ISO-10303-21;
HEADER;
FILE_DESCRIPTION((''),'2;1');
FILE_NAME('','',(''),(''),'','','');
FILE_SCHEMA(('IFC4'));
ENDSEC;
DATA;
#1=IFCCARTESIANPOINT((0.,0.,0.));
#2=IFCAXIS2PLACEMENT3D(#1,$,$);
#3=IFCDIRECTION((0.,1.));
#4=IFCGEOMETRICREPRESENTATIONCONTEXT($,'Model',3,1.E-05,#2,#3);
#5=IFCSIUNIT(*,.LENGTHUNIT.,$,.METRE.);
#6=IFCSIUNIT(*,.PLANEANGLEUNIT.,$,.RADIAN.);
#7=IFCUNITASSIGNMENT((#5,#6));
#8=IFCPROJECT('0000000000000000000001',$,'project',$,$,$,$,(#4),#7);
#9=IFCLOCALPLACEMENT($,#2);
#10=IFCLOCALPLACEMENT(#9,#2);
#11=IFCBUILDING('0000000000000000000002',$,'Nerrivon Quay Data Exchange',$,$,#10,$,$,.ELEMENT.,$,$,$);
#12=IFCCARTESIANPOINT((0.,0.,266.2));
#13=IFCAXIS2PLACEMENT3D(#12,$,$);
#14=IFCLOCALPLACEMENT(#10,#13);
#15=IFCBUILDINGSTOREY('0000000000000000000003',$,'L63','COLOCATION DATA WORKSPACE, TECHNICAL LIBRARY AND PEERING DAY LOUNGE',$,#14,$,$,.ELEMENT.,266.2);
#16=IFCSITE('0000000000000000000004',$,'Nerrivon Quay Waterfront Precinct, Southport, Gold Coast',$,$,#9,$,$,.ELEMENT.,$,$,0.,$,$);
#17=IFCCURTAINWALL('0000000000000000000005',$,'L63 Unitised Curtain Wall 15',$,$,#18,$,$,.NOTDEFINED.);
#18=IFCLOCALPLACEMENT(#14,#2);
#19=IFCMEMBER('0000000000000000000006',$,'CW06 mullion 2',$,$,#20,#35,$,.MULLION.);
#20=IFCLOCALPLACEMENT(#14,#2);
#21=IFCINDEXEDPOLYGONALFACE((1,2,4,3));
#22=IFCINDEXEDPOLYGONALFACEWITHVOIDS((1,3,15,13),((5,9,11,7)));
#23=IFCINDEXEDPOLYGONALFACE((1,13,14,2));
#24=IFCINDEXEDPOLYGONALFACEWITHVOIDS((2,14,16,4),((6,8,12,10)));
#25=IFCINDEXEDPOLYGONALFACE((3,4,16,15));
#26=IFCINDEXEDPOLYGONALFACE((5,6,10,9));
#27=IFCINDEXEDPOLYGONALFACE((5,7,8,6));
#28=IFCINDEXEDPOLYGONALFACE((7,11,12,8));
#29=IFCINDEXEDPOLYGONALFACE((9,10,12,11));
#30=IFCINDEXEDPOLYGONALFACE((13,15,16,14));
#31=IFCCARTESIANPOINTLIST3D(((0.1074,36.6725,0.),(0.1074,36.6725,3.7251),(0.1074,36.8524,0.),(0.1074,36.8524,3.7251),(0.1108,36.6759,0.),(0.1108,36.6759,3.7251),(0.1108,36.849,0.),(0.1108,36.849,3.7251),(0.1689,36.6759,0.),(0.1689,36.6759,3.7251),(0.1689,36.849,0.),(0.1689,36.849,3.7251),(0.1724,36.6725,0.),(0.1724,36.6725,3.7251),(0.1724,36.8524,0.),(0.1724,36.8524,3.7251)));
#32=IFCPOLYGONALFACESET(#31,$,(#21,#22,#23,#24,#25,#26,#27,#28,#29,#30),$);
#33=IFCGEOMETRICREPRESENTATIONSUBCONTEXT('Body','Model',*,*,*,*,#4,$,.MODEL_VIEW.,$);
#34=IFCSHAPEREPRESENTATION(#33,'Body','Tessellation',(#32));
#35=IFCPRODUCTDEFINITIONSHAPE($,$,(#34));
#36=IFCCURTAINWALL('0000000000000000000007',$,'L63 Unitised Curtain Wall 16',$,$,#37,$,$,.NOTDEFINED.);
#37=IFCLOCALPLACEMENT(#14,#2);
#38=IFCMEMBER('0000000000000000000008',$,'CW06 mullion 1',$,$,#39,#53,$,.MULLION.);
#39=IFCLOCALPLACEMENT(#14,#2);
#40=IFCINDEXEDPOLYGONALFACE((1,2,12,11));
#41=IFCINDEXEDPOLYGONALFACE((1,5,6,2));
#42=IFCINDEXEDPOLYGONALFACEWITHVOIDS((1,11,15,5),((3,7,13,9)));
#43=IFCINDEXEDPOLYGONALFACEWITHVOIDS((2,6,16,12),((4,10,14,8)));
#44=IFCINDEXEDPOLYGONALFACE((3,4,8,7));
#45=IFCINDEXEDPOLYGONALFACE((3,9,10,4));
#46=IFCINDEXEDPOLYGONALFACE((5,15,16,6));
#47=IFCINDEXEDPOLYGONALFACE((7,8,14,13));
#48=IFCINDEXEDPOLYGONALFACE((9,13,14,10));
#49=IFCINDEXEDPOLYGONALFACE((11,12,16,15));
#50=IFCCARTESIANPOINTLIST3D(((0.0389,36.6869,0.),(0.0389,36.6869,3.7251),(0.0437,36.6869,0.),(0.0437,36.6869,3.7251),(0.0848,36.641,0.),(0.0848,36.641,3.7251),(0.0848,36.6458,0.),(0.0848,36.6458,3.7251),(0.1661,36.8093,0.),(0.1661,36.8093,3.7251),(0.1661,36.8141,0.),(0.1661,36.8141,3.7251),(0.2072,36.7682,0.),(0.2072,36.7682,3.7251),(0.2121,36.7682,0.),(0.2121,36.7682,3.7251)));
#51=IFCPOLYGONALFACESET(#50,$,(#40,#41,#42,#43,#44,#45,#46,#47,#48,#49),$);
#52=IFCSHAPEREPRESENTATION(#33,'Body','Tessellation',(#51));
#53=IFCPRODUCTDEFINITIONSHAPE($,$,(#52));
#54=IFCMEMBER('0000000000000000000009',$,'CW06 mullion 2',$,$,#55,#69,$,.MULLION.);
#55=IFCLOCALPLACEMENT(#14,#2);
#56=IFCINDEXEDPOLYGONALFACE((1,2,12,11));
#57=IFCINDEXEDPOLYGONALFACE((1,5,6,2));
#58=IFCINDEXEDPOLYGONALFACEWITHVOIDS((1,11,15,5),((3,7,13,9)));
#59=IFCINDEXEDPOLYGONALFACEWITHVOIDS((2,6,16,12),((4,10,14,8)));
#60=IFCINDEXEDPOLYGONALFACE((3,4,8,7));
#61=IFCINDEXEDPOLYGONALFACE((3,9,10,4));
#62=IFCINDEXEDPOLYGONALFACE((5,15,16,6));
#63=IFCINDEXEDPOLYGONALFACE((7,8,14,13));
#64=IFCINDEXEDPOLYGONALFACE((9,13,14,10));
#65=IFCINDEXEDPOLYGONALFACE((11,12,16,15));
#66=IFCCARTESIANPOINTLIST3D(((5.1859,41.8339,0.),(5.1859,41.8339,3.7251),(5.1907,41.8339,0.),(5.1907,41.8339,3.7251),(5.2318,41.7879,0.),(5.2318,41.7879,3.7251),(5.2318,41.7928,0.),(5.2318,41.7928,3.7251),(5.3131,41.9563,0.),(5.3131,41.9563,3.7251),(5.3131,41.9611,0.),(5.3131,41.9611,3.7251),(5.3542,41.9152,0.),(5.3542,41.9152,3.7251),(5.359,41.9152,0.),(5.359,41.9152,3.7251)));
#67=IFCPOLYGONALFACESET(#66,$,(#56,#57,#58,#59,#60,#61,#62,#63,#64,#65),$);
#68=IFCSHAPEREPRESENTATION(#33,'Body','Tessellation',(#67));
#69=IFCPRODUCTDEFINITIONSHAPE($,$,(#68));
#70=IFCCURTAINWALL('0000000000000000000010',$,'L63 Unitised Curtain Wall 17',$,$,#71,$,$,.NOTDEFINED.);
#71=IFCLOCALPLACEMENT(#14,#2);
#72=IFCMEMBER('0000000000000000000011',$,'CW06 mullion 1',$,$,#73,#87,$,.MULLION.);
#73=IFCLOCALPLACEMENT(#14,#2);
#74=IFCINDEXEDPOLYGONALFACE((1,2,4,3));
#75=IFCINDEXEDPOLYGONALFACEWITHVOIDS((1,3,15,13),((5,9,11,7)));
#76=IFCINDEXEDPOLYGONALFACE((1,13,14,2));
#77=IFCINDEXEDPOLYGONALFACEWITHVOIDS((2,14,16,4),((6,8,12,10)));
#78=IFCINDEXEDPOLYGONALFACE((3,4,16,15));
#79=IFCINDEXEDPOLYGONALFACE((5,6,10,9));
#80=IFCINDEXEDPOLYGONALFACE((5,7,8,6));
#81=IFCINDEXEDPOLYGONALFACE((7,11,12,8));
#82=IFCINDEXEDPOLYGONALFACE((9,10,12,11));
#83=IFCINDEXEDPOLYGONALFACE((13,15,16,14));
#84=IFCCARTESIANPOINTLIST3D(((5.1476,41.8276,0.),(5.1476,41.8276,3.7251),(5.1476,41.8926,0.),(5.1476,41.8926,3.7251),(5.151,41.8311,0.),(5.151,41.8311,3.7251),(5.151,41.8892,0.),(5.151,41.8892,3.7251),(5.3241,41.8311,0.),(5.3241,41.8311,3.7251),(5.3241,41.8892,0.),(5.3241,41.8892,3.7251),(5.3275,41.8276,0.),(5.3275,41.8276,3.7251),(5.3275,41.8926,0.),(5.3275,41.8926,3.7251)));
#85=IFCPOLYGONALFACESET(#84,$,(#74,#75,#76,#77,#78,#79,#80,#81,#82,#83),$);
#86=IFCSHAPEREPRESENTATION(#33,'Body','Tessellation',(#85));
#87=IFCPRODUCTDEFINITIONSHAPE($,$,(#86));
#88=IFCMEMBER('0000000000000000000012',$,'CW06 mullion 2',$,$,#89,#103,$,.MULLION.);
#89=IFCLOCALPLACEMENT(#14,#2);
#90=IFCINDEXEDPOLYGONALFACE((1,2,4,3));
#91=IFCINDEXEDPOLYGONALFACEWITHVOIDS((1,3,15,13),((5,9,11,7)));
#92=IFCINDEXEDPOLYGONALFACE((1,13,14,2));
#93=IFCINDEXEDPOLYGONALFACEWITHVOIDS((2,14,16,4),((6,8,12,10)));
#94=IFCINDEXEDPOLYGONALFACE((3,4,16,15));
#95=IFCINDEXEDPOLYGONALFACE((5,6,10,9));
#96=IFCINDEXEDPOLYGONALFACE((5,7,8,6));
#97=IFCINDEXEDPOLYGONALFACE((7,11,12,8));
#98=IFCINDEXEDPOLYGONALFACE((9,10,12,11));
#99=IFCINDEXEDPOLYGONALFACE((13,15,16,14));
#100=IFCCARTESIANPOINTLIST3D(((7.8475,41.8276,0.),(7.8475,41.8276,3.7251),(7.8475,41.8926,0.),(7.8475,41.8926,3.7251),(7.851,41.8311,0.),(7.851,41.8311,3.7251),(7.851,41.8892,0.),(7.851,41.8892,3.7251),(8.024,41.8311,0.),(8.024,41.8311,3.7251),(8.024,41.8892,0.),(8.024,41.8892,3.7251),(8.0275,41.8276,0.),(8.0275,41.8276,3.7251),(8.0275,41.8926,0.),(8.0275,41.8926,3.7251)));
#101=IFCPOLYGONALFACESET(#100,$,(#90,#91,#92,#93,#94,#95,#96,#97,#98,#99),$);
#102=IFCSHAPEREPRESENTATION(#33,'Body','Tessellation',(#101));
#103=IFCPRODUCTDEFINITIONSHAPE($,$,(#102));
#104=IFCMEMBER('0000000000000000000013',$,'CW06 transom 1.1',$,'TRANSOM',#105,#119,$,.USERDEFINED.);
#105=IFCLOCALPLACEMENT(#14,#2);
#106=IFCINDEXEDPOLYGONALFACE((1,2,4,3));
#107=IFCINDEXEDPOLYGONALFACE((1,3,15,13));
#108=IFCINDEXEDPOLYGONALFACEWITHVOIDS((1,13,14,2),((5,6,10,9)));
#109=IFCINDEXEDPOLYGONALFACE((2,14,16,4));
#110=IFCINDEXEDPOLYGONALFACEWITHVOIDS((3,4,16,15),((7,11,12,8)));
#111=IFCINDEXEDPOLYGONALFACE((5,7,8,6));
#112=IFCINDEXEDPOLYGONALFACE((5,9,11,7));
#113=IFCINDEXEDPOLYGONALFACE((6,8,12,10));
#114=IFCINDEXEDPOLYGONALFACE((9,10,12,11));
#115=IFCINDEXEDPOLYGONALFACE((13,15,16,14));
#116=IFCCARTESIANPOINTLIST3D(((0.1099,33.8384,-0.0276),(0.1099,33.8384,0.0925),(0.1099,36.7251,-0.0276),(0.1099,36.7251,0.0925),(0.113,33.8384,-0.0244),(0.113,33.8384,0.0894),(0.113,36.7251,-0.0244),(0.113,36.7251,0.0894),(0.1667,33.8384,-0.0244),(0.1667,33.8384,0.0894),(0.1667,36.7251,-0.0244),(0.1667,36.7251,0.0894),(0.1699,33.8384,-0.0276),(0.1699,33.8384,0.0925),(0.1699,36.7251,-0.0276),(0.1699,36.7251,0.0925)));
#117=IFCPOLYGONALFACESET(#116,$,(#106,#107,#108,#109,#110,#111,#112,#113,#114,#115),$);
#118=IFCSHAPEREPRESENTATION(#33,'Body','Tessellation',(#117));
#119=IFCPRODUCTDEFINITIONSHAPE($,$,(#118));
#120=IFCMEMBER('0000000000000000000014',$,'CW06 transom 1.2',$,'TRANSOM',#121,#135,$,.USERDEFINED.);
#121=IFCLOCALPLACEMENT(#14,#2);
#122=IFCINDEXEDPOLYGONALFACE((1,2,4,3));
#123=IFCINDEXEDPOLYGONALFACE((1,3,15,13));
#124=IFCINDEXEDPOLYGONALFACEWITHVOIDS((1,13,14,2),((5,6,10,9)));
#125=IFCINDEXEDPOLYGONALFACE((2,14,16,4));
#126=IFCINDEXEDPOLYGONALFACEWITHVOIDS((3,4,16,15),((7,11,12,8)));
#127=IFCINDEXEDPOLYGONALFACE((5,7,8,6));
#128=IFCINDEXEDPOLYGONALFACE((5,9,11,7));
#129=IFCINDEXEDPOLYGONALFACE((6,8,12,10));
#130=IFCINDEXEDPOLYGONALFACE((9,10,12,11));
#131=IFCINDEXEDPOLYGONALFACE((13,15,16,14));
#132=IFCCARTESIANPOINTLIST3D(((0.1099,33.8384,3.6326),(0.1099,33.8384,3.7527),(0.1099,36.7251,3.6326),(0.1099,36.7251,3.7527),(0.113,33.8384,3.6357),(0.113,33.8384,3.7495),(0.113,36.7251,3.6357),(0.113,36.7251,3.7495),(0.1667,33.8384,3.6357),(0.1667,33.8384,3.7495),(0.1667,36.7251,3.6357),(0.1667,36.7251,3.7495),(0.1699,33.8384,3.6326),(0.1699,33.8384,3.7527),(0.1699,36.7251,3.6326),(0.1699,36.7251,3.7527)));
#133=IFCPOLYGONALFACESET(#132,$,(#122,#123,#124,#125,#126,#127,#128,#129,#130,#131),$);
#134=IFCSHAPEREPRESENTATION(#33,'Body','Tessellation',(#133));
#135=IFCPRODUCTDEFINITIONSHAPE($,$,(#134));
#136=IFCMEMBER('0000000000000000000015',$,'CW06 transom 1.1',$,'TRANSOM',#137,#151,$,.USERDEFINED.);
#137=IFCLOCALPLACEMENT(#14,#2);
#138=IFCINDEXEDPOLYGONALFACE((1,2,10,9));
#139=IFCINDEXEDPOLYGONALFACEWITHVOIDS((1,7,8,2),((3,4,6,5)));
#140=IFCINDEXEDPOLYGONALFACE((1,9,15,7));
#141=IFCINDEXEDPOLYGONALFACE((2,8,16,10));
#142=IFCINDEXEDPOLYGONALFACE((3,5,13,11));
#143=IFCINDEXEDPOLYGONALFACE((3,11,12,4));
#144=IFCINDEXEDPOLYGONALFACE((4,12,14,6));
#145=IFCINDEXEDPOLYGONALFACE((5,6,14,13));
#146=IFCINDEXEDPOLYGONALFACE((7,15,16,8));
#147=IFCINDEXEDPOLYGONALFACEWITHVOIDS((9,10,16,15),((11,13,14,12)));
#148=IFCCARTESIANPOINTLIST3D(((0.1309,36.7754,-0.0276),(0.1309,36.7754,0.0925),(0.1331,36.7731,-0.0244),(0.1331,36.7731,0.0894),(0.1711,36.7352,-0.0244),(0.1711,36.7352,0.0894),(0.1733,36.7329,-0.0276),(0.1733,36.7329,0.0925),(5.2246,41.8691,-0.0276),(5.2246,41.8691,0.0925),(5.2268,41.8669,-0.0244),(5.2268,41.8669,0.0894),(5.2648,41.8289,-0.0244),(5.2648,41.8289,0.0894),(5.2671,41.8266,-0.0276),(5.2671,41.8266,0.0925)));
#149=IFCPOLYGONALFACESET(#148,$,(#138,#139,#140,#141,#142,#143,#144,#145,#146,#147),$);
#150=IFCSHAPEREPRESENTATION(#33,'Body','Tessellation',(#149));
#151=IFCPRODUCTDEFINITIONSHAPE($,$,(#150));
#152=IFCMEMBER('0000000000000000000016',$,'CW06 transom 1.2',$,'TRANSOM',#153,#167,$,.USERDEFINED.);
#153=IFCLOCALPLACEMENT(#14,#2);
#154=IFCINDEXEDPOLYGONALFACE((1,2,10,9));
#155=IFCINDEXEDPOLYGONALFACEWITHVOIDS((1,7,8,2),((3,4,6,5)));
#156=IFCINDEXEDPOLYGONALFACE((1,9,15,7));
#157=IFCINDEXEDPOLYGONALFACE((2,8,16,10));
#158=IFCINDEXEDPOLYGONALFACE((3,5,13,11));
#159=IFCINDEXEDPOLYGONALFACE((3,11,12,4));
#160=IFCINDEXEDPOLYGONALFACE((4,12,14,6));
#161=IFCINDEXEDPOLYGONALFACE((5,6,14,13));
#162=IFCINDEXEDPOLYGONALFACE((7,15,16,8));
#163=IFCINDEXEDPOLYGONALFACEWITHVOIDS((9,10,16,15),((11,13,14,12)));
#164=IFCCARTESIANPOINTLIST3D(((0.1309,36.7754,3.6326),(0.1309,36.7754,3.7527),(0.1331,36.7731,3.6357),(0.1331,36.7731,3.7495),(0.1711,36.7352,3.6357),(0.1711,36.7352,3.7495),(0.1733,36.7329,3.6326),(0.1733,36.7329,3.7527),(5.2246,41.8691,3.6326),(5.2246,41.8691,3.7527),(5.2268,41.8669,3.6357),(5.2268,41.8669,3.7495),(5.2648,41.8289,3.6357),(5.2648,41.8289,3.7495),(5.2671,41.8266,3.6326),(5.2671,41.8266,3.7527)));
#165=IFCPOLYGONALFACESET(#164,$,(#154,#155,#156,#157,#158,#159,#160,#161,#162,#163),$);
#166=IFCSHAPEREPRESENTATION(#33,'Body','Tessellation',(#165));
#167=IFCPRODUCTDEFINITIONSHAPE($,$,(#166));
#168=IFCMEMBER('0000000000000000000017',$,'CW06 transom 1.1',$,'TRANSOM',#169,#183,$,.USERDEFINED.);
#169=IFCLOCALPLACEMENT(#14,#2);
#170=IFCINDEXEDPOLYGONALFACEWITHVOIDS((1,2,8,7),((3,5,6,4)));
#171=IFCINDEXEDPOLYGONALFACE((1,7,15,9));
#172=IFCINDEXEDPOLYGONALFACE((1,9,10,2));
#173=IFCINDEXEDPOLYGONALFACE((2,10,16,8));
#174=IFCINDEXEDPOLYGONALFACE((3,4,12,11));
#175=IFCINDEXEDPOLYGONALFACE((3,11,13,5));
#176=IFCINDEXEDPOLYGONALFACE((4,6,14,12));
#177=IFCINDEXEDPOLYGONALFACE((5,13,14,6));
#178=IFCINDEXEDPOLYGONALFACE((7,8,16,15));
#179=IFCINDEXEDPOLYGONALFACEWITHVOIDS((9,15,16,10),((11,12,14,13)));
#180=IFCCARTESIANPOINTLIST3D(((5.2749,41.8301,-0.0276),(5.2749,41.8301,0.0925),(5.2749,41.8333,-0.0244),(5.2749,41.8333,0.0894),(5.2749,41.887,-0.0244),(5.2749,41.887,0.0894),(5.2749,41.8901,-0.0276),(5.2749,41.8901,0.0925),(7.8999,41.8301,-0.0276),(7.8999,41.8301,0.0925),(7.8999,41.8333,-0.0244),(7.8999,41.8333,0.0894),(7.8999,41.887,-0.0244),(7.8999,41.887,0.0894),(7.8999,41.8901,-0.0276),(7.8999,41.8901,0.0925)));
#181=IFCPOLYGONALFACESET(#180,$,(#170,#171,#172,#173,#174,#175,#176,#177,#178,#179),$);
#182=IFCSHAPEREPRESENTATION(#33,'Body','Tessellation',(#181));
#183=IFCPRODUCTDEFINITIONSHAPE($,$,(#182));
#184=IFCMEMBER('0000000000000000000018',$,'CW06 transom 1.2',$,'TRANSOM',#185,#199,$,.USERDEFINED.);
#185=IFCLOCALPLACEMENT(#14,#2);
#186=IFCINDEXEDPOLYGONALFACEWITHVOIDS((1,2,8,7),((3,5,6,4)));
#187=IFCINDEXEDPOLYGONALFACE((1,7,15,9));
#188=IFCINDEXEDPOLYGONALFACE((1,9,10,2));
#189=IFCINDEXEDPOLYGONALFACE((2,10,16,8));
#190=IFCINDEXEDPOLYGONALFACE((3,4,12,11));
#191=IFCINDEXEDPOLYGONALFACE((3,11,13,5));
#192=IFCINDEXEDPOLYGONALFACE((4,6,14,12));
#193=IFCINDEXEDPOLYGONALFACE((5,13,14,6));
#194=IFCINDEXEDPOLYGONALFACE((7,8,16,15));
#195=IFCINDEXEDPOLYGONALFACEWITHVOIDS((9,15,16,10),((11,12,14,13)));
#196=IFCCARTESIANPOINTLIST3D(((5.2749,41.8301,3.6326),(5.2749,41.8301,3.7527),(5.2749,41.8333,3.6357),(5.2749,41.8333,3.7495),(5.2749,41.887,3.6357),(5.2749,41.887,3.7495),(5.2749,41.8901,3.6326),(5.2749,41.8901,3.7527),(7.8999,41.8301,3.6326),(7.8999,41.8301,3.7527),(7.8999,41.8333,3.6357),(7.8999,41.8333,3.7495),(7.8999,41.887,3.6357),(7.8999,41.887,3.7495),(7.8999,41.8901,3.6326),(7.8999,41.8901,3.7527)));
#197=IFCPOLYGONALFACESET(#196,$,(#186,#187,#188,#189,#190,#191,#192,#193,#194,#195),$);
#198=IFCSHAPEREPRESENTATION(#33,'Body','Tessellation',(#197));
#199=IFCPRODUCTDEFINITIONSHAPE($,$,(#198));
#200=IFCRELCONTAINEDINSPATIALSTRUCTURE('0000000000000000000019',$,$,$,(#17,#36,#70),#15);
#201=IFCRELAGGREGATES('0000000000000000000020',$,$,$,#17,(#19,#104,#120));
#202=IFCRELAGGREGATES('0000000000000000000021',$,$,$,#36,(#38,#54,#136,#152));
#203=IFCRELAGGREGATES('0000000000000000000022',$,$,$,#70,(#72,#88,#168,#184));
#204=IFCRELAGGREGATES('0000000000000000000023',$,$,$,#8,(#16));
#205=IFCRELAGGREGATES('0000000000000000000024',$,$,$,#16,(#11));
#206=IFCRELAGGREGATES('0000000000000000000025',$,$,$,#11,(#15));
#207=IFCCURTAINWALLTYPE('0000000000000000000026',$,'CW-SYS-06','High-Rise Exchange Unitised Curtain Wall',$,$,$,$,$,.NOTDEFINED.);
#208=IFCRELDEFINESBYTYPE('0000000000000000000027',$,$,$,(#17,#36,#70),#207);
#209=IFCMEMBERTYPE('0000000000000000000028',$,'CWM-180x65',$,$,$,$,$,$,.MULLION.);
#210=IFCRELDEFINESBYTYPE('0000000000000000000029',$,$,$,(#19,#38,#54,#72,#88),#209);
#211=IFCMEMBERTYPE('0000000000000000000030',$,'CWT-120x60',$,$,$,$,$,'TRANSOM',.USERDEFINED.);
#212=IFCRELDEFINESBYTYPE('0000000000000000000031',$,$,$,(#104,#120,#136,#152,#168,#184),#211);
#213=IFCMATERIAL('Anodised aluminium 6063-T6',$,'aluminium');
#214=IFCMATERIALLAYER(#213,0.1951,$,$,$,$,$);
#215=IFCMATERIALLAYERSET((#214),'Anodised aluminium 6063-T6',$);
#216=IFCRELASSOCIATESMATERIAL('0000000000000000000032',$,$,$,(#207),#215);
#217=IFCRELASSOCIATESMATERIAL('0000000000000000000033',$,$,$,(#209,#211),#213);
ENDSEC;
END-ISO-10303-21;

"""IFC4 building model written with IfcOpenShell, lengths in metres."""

from ifc_helpers import new_model, si_unit, direction, frame, origin, origin_2d, place, context, subcontext, project, spatial, hollow_rectangle, extrude, material, layer, layer_set, material_profile, profile_set, type_object, element, aggregate, save


model = new_model("IFC4")

# Units and contexts
model_context = context("Model", 3, precision=1e-05, world=origin(), true_north=direction((0.0, 1.0)))
body_context = subcontext(model_context, "Body", "Model", "MODEL_VIEW")
ifc_project = project(units=[si_unit("LENGTHUNIT", "METRE"), si_unit("PLANEANGLEUNIT", "RADIAN")], contexts=[model_context])

# Site, building, storey
site_placement = place(None, origin())
site = spatial("IfcSite", under=ifc_project, at=site_placement, Name="Nerrivon Quay Waterfront Precinct, Southport, Gold Coast", CompositionType="ELEMENT", RefElevation=0.0)
building_placement = place(site_placement, origin())
building = spatial("IfcBuilding", under=site, at=building_placement, Name="Nerrivon Quay Data Exchange", CompositionType="ELEMENT")
storey_placement = place(building_placement, frame((0.0, 0.0, 266.2)))
storey = spatial("IfcBuildingStorey", under=building, at=storey_placement, Name="L63", Description="COLOCATION DATA WORKSPACE, TECHNICAL LIBRARY AND PEERING DAY LOUNGE", CompositionType="ELEMENT", Elevation=266.2)

# Curtain walls, members
ifc_material_1 = material(Name="Anodised aluminium 6063-T6", Category="aluminium")
ifc_layer_1 = layer(ifc_material_1, 0.1951)
ifc_layer_set_1 = layer_set([ifc_layer_1], Name="Anodised aluminium 6063-T6")
curtain_wall_type = type_object("IfcCurtainWallType", Name="CW-SYS-06", Description="High-Rise Exchange Unitised Curtain Wall", PredefinedType="NOTDEFINED", material=ifc_layer_set_1)
curtain_wall_1_placement = place(storey_placement, origin())
curtain_wall_1 = element("IfcCurtainWall", 1, at=curtain_wall_1_placement, inside=storey, type_object=curtain_wall_type, Name="L63 Unitised Curtain Wall 15", PredefinedType="NOTDEFINED")
ifc_material_profile_1 = material_profile(ifc_material_1, hollow_rectangle(XDim=0.0649, YDim=0.1799, WallThickness=0.0034, at=origin_2d()), Name="ALU-MULL-180x65")
ifc_profile_set_1 = profile_set([ifc_material_profile_1], Name="Anodised aluminium 6063-T6")
member_type_1 = type_object("IfcMemberType", Name="CWM-180x65", PredefinedType="MULLION", material=ifc_profile_set_1)
member_1_placement = place(storey_placement, frame((0.1399, 36.7625, 0.0), z_axis=(0.0, 0.0, 1.0), x_axis=(-1.0, 0.0, 0.0)))
member_1 = element("IfcMember", 2, at=member_1_placement, type_object=member_type_1, Name="CW06 mullion 2", PredefinedType="MULLION", context=body_context, shape_type="SweptSolid", body=[
    extrude(hollow_rectangle(XDim=0.0649, YDim=0.1799, WallThickness=0.0034, at=origin_2d()), origin(), (0.0, 0.0, 1.0), 3.7251),
])
curtain_wall_2_placement = place(storey_placement, origin())
curtain_wall_2 = element("IfcCurtainWall", 3, at=curtain_wall_2_placement, inside=storey, type_object=curtain_wall_type, Name="L63 Unitised Curtain Wall 16", PredefinedType="NOTDEFINED")
member_2_placement = place(storey_placement, frame((0.1255, 36.7275, 0.0), z_axis=(0.0, 0.0, 1.0), x_axis=(-0.707107, 0.707107, 0.0)))
member_2 = element("IfcMember", 4, at=member_2_placement, type_object=member_type_1, Name="CW06 mullion 1", PredefinedType="MULLION", context=body_context, shape_type="SweptSolid", body=[
    extrude(hollow_rectangle(XDim=0.0649, YDim=0.1799, WallThickness=0.0034, at=origin_2d()), origin(), (0.0, 0.0, 1.0), 3.7251),
])
member_3_placement = place(storey_placement, frame((5.2725, 41.8745, 0.0), z_axis=(0.0, 0.0, 1.0), x_axis=(-0.707107, 0.707107, 0.0)))
member_3 = element("IfcMember", 5, at=member_3_placement, type_object=member_type_1, Name="CW06 mullion 2", PredefinedType="MULLION", context=body_context, shape_type="SweptSolid", body=[
    extrude(hollow_rectangle(XDim=0.0649, YDim=0.1799, WallThickness=0.0034, at=origin_2d()), origin(), (0.0, 0.0, 1.0), 3.7251),
])
curtain_wall_3_placement = place(storey_placement, origin())
curtain_wall_3 = element("IfcCurtainWall", 6, at=curtain_wall_3_placement, inside=storey, type_object=curtain_wall_type, Name="L63 Unitised Curtain Wall 17", PredefinedType="NOTDEFINED")
member_4_placement = place(storey_placement, frame((5.2375, 41.8601, 0.0), z_axis=(0.0, 0.0, 1.0), x_axis=(0.0, 1.0, 0.0)))
member_4 = element("IfcMember", 7, at=member_4_placement, type_object=member_type_1, Name="CW06 mullion 1", PredefinedType="MULLION", context=body_context, shape_type="SweptSolid", body=[
    extrude(hollow_rectangle(XDim=0.0649, YDim=0.1799, WallThickness=0.0034, at=origin_2d()), origin(), (0.0, 0.0, 1.0), 3.7251),
])
member_5_placement = place(storey_placement, frame((7.9375, 41.8601, 0.0), z_axis=(0.0, 0.0, 1.0), x_axis=(0.0, 1.0, 0.0)))
member_5 = element("IfcMember", 8, at=member_5_placement, type_object=member_type_1, Name="CW06 mullion 2", PredefinedType="MULLION", context=body_context, shape_type="SweptSolid", body=[
    extrude(hollow_rectangle(XDim=0.0649, YDim=0.1799, WallThickness=0.0034, at=origin_2d()), origin(), (0.0, 0.0, 1.0), 3.7251),
])

# Members
ifc_material_profile_2 = material_profile(ifc_material_1, hollow_rectangle(XDim=0.0601, YDim=0.1201, WallThickness=0.0032, at=origin_2d()), Name="ALU-TRAN-120x60")
ifc_profile_set_2 = profile_set([ifc_material_profile_2], Name="Anodised aluminium 6063-T6")
member_type_2 = type_object("IfcMemberType", Name="CWT-120x60", ElementType="TRANSOM", PredefinedType="USERDEFINED", material=ifc_profile_set_2)
member_6_placement = place(storey_placement, frame((0.1399, 33.8384, 0.0325), z_axis=(0.0, 1.0, 0.0), x_axis=(-1.0, 0.0, 0.0)))
member_6 = element("IfcMember", 9, at=member_6_placement, type_object=member_type_2, Name="CW06 transom 1.1", ObjectType="TRANSOM", PredefinedType="USERDEFINED", context=body_context, shape_type="SweptSolid", body=[
    extrude(hollow_rectangle(XDim=0.0601, YDim=0.1201, WallThickness=0.0032, at=origin_2d()), origin(), (0.0, 0.0, 1.0), 2.8867),
])
member_7_placement = place(storey_placement, frame((0.1399, 33.8384, 3.6926), z_axis=(0.0, 1.0, 0.0), x_axis=(-1.0, 0.0, 0.0)))
member_7 = element("IfcMember", 10, at=member_7_placement, type_object=member_type_2, Name="CW06 transom 1.2", ObjectType="TRANSOM", PredefinedType="USERDEFINED", context=body_context, shape_type="SweptSolid", body=[
    extrude(hollow_rectangle(XDim=0.0601, YDim=0.1201, WallThickness=0.0032, at=origin_2d()), origin(), (0.0, 0.0, 1.0), 2.8867),
])
member_8_placement = place(storey_placement, frame((0.1521, 36.7542, 0.0325), z_axis=(0.707107, 0.707107, 0.0), x_axis=(-0.707107, 0.707107, 0.0)))
member_8 = element("IfcMember", 11, at=member_8_placement, type_object=member_type_2, Name="CW06 transom 1.1", ObjectType="TRANSOM", PredefinedType="USERDEFINED", context=body_context, shape_type="SweptSolid", body=[
    extrude(hollow_rectangle(XDim=0.0601, YDim=0.1201, WallThickness=0.0032, at=origin_2d()), origin(), (0.0, 0.0, 1.0), 7.2036),
])
member_9_placement = place(storey_placement, frame((0.1521, 36.7542, 3.6926), z_axis=(0.707107, 0.707107, 0.0), x_axis=(-0.707107, 0.707107, 0.0)))
member_9 = element("IfcMember", 12, at=member_9_placement, type_object=member_type_2, Name="CW06 transom 1.2", ObjectType="TRANSOM", PredefinedType="USERDEFINED", context=body_context, shape_type="SweptSolid", body=[
    extrude(hollow_rectangle(XDim=0.0601, YDim=0.1201, WallThickness=0.0032, at=origin_2d()), origin(), (0.0, 0.0, 1.0), 7.2036),
])
member_10_placement = place(storey_placement, frame((5.2749, 41.8601, 0.0325), z_axis=(1.0, 0.0, 0.0), x_axis=(0.0, 1.0, 0.0)))
member_10 = element("IfcMember", 13, at=member_10_placement, type_object=member_type_2, Name="CW06 transom 1.1", ObjectType="TRANSOM", PredefinedType="USERDEFINED", context=body_context, shape_type="SweptSolid", body=[
    extrude(hollow_rectangle(XDim=0.0601, YDim=0.1201, WallThickness=0.0032, at=origin_2d()), origin(), (0.0, 0.0, 1.0), 2.625),
])
member_11_placement = place(storey_placement, frame((5.2749, 41.8601, 3.6926), z_axis=(1.0, 0.0, 0.0), x_axis=(0.0, 1.0, 0.0)))
member_11 = element("IfcMember", 14, at=member_11_placement, type_object=member_type_2, Name="CW06 transom 1.2", ObjectType="TRANSOM", PredefinedType="USERDEFINED", context=body_context, shape_type="SweptSolid", body=[
    extrude(hollow_rectangle(XDim=0.0601, YDim=0.1201, WallThickness=0.0032, at=origin_2d()), origin(), (0.0, 0.0, 1.0), 2.625),
])

aggregate(curtain_wall_1, [member_1, member_6, member_7])
aggregate(curtain_wall_2, [member_2, member_3, member_8, member_9])
aggregate(curtain_wall_3, [member_4, member_5, member_10, member_11])

save(model, "model.ifc")
